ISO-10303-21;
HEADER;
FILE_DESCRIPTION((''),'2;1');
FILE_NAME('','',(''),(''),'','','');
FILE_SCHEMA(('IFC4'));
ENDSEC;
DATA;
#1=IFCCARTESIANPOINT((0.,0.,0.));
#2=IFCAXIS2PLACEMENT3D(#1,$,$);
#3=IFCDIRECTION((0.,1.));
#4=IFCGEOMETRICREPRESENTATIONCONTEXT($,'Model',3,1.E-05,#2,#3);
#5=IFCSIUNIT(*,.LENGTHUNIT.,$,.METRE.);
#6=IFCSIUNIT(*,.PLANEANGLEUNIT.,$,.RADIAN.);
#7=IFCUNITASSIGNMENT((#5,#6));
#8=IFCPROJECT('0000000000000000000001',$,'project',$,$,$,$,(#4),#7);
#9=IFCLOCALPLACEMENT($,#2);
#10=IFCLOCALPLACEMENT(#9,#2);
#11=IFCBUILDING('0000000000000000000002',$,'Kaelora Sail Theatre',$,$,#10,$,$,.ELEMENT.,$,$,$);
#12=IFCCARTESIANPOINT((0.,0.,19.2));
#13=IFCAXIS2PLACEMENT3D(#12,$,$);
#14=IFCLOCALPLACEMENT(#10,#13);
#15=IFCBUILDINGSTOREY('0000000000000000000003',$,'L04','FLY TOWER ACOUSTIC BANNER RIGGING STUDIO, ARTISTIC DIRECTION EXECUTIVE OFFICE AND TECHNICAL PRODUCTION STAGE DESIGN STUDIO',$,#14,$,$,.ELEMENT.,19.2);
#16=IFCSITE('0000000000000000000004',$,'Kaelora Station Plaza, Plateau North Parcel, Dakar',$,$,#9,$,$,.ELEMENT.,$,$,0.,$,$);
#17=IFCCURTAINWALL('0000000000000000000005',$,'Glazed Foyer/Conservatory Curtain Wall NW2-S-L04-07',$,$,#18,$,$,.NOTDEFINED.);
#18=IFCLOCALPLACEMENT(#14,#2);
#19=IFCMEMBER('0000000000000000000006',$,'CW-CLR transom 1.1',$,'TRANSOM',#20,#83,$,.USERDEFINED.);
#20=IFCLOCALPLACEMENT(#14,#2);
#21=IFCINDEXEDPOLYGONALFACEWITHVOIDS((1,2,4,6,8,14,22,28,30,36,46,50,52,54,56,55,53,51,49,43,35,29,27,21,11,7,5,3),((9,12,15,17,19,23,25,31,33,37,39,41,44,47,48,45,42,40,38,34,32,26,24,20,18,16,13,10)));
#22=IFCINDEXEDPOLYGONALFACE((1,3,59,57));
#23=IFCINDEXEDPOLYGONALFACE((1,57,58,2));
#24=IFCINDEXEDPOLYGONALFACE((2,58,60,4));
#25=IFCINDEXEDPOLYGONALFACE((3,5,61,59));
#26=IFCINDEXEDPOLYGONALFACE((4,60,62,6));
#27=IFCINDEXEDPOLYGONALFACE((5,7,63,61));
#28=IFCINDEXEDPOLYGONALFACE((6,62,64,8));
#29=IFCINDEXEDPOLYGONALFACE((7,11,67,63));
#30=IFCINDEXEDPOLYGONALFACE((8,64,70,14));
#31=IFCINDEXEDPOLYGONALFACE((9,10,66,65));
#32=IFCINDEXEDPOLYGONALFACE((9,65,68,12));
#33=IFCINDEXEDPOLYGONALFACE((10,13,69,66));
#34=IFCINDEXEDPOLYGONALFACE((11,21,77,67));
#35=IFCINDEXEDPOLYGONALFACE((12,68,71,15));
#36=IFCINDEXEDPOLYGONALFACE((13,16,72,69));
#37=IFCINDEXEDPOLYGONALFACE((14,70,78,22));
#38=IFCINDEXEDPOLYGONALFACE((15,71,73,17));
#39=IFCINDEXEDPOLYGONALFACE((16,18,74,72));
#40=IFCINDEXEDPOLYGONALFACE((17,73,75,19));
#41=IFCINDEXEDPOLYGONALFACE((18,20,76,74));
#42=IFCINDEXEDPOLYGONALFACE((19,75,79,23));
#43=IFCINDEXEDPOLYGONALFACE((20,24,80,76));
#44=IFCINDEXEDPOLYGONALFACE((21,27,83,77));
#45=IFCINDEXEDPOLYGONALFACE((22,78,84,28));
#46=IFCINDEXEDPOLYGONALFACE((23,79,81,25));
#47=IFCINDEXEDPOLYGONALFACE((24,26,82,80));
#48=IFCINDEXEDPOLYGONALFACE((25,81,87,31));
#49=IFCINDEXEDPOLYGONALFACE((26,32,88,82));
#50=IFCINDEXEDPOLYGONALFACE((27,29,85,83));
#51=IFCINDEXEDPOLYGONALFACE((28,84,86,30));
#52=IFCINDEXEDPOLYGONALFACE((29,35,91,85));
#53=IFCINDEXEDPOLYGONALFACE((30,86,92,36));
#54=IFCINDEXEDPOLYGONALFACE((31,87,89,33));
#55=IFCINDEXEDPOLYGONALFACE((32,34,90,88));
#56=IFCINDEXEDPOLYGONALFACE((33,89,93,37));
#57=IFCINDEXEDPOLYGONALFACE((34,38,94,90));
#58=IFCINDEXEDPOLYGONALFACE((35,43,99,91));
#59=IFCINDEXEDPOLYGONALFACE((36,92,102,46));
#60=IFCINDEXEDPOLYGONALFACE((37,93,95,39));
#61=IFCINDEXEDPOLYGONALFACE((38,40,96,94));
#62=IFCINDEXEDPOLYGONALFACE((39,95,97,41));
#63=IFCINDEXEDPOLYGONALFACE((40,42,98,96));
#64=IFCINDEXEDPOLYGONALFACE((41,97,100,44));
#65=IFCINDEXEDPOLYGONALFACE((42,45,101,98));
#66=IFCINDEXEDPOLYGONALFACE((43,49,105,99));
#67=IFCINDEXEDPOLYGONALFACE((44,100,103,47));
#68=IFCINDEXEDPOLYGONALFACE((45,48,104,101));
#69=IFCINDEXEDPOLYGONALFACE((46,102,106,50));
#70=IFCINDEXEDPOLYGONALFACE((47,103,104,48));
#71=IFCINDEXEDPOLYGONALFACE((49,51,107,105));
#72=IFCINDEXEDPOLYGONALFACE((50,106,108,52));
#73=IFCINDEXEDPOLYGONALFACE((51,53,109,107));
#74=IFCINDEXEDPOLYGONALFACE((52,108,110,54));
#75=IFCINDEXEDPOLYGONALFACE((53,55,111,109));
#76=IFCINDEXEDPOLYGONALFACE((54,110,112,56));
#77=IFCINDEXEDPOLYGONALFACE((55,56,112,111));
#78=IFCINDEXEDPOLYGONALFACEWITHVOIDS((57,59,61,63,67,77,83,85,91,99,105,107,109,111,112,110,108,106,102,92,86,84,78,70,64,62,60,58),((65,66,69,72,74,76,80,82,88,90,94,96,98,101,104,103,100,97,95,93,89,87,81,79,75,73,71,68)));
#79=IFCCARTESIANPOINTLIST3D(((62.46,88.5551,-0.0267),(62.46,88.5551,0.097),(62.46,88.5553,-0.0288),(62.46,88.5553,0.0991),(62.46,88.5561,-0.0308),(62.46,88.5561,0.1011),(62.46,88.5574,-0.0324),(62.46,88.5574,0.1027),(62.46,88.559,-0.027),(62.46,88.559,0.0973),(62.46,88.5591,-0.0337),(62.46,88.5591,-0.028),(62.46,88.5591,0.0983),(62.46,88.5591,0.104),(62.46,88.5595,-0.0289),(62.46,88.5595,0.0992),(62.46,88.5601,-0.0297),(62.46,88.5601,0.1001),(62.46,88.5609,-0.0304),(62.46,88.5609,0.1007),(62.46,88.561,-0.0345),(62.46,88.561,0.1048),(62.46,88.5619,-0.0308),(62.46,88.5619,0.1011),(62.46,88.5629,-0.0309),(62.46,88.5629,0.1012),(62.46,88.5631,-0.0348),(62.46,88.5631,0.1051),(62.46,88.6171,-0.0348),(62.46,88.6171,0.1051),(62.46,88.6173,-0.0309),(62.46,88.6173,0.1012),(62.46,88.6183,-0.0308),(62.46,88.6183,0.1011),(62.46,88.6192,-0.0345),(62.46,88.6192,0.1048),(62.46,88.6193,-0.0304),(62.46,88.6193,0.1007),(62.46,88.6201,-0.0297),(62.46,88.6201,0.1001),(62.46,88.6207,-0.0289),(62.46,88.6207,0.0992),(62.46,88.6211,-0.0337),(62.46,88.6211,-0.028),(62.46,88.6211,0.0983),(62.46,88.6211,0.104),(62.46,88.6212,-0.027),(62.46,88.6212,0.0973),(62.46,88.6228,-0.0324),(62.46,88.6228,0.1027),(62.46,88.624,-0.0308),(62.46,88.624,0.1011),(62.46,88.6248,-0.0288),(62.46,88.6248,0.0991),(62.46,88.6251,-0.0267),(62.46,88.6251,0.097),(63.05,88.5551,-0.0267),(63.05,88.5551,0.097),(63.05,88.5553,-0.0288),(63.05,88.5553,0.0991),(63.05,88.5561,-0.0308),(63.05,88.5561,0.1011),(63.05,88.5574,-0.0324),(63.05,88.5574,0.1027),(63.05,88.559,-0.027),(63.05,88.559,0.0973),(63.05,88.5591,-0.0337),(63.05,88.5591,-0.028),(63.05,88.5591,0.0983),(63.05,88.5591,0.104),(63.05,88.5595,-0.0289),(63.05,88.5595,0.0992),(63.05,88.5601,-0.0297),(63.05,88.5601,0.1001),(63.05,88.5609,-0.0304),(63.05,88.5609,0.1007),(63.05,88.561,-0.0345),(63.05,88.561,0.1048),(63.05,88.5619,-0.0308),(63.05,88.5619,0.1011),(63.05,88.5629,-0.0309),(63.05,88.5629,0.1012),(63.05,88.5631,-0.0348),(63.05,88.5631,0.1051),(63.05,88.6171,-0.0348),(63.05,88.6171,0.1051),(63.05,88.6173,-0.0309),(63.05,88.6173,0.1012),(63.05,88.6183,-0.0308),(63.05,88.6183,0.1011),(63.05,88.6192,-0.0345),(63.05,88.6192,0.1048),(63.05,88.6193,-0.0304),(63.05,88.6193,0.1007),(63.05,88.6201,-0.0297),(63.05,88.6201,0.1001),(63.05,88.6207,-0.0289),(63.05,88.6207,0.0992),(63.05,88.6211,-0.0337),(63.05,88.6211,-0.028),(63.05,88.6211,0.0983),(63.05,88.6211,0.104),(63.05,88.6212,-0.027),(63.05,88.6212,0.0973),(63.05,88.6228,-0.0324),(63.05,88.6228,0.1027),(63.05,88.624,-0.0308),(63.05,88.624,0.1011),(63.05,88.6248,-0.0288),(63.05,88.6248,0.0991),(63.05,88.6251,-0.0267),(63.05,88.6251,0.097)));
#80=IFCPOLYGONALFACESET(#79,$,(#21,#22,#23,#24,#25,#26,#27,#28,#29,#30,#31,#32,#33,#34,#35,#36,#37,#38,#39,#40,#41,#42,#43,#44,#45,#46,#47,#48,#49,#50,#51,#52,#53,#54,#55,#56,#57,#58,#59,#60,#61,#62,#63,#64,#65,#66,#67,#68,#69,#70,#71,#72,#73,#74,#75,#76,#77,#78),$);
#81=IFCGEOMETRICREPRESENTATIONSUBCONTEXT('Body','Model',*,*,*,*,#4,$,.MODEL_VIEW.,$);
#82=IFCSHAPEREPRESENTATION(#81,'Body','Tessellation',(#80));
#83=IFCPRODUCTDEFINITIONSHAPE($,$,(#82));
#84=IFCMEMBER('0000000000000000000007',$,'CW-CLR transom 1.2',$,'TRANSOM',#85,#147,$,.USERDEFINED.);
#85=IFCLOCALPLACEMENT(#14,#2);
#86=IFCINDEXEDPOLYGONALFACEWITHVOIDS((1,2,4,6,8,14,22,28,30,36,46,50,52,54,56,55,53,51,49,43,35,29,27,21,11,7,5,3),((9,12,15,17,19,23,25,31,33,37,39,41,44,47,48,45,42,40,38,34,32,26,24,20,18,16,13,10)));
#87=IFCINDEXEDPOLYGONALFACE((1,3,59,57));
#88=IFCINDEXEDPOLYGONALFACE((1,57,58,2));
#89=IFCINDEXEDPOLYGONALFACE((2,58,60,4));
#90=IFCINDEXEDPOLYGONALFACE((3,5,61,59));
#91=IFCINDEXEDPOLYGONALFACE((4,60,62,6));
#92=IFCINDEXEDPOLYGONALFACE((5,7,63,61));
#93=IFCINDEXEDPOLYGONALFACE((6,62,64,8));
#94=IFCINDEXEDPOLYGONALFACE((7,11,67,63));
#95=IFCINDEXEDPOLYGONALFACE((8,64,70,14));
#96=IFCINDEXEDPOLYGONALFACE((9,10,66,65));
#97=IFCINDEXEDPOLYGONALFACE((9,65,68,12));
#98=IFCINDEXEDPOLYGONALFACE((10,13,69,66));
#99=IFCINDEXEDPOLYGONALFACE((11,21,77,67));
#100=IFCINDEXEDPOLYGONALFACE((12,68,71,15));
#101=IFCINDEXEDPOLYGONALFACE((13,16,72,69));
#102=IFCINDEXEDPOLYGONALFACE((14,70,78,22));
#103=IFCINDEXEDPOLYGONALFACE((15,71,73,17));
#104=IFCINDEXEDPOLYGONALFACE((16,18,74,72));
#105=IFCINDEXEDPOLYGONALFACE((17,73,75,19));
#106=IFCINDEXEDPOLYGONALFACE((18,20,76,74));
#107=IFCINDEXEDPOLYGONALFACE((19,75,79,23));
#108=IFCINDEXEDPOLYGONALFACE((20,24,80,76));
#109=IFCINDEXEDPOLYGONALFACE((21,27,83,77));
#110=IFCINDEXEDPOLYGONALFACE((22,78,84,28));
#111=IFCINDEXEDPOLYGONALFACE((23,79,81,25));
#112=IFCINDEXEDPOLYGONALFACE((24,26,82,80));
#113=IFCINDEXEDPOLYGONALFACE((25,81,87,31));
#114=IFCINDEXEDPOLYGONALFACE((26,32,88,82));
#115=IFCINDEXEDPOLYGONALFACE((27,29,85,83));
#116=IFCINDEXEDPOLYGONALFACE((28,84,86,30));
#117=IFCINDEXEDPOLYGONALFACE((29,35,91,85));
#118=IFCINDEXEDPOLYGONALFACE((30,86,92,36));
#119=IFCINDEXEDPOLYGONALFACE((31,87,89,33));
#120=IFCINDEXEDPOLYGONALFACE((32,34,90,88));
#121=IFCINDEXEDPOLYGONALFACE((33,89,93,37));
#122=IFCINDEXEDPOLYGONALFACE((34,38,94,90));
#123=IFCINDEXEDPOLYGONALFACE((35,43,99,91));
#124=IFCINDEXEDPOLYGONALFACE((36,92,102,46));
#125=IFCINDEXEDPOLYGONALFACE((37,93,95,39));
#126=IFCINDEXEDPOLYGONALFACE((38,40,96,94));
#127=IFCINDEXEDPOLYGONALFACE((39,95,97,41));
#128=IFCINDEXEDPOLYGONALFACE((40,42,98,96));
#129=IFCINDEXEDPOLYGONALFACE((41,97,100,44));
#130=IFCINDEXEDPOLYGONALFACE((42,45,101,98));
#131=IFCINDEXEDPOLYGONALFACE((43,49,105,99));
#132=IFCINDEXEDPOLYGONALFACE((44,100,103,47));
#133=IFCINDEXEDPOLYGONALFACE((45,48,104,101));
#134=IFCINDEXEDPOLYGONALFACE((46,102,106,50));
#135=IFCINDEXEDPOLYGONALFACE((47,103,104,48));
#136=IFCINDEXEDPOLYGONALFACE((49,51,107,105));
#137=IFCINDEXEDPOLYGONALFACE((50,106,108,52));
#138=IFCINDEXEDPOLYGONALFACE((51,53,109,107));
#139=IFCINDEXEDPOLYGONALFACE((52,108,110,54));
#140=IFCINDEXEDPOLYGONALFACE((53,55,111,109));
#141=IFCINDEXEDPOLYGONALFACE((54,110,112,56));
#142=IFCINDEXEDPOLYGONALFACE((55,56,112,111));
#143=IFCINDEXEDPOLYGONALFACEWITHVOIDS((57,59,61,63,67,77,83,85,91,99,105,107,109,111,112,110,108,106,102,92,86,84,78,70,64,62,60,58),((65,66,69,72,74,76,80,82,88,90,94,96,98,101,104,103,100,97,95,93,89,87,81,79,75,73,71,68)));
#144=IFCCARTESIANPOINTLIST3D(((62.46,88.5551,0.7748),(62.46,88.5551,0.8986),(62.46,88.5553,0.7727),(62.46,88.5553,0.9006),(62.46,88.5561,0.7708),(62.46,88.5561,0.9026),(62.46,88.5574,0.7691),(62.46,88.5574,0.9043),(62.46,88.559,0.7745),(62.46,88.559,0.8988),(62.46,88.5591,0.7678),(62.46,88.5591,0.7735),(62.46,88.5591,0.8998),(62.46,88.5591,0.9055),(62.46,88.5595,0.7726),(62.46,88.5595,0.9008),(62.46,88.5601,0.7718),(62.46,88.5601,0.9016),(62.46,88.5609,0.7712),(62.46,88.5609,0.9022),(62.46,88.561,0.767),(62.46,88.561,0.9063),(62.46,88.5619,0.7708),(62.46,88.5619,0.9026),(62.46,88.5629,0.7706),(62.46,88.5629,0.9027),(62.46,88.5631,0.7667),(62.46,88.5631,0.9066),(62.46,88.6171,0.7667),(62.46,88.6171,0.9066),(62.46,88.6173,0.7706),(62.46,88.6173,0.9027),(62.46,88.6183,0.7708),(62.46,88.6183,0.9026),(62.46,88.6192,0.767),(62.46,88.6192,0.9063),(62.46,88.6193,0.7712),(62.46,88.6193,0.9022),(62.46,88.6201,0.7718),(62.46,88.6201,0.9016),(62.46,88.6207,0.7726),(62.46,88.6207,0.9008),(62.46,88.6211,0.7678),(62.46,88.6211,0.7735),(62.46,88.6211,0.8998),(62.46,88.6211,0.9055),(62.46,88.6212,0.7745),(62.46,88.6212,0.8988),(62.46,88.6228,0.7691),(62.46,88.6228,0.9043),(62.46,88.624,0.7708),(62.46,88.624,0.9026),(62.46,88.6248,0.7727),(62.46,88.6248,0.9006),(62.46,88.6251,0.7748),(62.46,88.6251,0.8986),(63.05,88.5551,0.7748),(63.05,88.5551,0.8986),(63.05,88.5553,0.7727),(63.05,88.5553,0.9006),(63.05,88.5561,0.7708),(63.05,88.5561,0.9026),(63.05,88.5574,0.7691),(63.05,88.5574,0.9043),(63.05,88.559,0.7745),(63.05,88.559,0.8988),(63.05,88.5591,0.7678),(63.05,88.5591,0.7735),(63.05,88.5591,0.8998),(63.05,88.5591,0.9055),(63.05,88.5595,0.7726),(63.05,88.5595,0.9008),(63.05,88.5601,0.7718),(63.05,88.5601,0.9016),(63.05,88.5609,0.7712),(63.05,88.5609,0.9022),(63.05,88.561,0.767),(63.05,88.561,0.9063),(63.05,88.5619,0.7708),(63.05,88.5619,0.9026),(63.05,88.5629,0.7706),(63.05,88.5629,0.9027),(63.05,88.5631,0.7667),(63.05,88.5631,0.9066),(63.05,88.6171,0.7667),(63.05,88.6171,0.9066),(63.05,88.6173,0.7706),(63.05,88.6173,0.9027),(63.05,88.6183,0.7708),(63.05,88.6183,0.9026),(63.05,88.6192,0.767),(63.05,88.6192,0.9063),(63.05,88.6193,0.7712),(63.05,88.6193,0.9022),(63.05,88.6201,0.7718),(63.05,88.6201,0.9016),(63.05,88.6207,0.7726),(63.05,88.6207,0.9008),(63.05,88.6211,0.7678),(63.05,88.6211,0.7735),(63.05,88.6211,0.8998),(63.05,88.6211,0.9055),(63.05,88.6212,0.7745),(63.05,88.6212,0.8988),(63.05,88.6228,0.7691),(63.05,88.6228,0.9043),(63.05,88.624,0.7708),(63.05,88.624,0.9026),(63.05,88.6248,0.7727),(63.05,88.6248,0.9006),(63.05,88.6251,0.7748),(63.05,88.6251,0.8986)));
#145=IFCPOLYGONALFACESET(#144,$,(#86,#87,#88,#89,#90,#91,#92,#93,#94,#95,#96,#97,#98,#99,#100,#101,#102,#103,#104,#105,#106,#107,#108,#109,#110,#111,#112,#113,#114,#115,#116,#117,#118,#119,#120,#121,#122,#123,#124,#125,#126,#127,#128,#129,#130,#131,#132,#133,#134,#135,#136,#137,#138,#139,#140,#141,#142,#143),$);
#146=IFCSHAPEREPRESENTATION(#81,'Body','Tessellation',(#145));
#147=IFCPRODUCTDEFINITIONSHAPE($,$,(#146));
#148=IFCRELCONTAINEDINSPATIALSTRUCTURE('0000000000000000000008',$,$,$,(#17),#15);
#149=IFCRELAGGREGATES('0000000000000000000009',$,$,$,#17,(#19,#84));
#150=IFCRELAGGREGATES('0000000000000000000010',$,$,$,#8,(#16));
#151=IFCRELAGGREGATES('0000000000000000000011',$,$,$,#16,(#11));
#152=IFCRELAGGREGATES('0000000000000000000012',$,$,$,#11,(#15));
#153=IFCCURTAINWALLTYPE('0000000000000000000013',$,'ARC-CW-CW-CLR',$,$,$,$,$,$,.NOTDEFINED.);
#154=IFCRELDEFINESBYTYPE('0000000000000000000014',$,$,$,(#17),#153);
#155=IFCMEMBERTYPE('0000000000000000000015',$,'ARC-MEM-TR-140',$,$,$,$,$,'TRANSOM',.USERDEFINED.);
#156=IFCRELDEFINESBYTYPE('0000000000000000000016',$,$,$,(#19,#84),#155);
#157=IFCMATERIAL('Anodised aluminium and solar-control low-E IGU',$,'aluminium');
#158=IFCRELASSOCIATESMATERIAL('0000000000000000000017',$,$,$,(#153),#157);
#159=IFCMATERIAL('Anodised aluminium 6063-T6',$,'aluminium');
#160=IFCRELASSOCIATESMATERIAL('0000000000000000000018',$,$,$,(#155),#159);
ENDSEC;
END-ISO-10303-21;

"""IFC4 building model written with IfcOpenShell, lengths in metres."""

from ifc_helpers import new_model, si_unit, direction, frame, origin, origin_2d, place, context, subcontext, project, spatial, hollow_rectangle, extrude, material, material_profile, profile_set, type_object, element, aggregate, save


model = new_model("IFC4")

# Units and contexts
model_context = context("Model", 3, precision=1e-05, world=origin(), true_north=direction((0.0, 1.0)))
body_context = subcontext(model_context, "Body", "Model", "MODEL_VIEW")
ifc_project = project(units=[si_unit("LENGTHUNIT", "METRE"), si_unit("PLANEANGLEUNIT", "RADIAN")], contexts=[model_context])

# Site, building, storey
site_placement = place(None, origin())
site = spatial("IfcSite", under=ifc_project, at=site_placement, Name="Kaelora Station Plaza, Plateau North Parcel, Dakar", CompositionType="ELEMENT", RefElevation=0.0)
building_placement = place(site_placement, origin())
building = spatial("IfcBuilding", under=site, at=building_placement, Name="Kaelora Sail Theatre", CompositionType="ELEMENT")
storey_placement = place(building_placement, frame((0.0, 0.0, 19.2)))
storey = spatial("IfcBuildingStorey", under=building, at=storey_placement, Name="L04", Description="FLY TOWER ACOUSTIC BANNER RIGGING STUDIO, ARTISTIC DIRECTION EXECUTIVE OFFICE AND TECHNICAL PRODUCTION STAGE DESIGN STUDIO", CompositionType="ELEMENT", Elevation=19.2)

# Shared definitions
ifc_material_1 = material(Name="Anodised aluminium and solar-control low-E IGU", Category="aluminium")
curtain_wall_type = type_object("IfcCurtainWallType", Name="ARC-CW-CW-CLR", PredefinedType="NOTDEFINED", material=ifc_material_1)

# Curtain wall
curtain_wall_1_placement = place(storey_placement, origin())
curtain_wall_1 = element("IfcCurtainWall", 1, at=curtain_wall_1_placement, inside=storey, type_object=curtain_wall_type, Name="Glazed Foyer/Conservatory Curtain Wall NW2-S-L04-07", PredefinedType="NOTDEFINED")

# Members
ifc_material_2 = material(Name="Anodised aluminium 6063-T6", Category="aluminium")
ifc_material_profile_1 = material_profile(ifc_material_2, hollow_rectangle(XDim=0.0701, YDim=0.1399, WallThickness=0.0039, InnerFilletRadius=0.0039, OuterFilletRadius=0.0081, at=origin_2d()), Name="ALU-TRAN 70x140x4")
ifc_profile_set_1 = profile_set([ifc_material_profile_1], Name="Anodised aluminium 6063-T6")
member_type_1 = type_object("IfcMemberType", Name="ARC-MEM-TR-140", ElementType="TRANSOM", PredefinedType="USERDEFINED", material=ifc_profile_set_1)
member_1_placement = place(storey_placement, frame((62.46, 88.5901, 0.0352), z_axis=(1.0, 0.0, 0.0), x_axis=(0.0, 1.0, 0.0)))
member_1 = element("IfcMember", 2, at=member_1_placement, type_object=member_type_1, Name="CW-CLR transom 1.1", ObjectType="TRANSOM", PredefinedType="USERDEFINED", context=body_context, shape_type="SweptSolid", body=[
    extrude(hollow_rectangle(XDim=0.0701, YDim=0.1399, WallThickness=0.0039, InnerFilletRadius=0.0039, OuterFilletRadius=0.0081, at=origin_2d()), origin(), (0.0, 0.0, 1.0), 0.5901),
])
member_2_placement = place(storey_placement, frame((62.46, 88.5901, 0.8367), z_axis=(1.0, 0.0, 0.0), x_axis=(0.0, 1.0, 0.0)))
member_2 = element("IfcMember", 3, at=member_2_placement, type_object=member_type_1, Name="CW-CLR transom 1.2", ObjectType="TRANSOM", PredefinedType="USERDEFINED", context=body_context, shape_type="SweptSolid", body=[
    extrude(hollow_rectangle(XDim=0.0701, YDim=0.1399, WallThickness=0.0039, InnerFilletRadius=0.0039, OuterFilletRadius=0.0081, at=origin_2d()), origin(), (0.0, 0.0, 1.0), 0.5901),
])
aggregate(curtain_wall_1, [member_1, member_2])

save(model, "model.ifc")
